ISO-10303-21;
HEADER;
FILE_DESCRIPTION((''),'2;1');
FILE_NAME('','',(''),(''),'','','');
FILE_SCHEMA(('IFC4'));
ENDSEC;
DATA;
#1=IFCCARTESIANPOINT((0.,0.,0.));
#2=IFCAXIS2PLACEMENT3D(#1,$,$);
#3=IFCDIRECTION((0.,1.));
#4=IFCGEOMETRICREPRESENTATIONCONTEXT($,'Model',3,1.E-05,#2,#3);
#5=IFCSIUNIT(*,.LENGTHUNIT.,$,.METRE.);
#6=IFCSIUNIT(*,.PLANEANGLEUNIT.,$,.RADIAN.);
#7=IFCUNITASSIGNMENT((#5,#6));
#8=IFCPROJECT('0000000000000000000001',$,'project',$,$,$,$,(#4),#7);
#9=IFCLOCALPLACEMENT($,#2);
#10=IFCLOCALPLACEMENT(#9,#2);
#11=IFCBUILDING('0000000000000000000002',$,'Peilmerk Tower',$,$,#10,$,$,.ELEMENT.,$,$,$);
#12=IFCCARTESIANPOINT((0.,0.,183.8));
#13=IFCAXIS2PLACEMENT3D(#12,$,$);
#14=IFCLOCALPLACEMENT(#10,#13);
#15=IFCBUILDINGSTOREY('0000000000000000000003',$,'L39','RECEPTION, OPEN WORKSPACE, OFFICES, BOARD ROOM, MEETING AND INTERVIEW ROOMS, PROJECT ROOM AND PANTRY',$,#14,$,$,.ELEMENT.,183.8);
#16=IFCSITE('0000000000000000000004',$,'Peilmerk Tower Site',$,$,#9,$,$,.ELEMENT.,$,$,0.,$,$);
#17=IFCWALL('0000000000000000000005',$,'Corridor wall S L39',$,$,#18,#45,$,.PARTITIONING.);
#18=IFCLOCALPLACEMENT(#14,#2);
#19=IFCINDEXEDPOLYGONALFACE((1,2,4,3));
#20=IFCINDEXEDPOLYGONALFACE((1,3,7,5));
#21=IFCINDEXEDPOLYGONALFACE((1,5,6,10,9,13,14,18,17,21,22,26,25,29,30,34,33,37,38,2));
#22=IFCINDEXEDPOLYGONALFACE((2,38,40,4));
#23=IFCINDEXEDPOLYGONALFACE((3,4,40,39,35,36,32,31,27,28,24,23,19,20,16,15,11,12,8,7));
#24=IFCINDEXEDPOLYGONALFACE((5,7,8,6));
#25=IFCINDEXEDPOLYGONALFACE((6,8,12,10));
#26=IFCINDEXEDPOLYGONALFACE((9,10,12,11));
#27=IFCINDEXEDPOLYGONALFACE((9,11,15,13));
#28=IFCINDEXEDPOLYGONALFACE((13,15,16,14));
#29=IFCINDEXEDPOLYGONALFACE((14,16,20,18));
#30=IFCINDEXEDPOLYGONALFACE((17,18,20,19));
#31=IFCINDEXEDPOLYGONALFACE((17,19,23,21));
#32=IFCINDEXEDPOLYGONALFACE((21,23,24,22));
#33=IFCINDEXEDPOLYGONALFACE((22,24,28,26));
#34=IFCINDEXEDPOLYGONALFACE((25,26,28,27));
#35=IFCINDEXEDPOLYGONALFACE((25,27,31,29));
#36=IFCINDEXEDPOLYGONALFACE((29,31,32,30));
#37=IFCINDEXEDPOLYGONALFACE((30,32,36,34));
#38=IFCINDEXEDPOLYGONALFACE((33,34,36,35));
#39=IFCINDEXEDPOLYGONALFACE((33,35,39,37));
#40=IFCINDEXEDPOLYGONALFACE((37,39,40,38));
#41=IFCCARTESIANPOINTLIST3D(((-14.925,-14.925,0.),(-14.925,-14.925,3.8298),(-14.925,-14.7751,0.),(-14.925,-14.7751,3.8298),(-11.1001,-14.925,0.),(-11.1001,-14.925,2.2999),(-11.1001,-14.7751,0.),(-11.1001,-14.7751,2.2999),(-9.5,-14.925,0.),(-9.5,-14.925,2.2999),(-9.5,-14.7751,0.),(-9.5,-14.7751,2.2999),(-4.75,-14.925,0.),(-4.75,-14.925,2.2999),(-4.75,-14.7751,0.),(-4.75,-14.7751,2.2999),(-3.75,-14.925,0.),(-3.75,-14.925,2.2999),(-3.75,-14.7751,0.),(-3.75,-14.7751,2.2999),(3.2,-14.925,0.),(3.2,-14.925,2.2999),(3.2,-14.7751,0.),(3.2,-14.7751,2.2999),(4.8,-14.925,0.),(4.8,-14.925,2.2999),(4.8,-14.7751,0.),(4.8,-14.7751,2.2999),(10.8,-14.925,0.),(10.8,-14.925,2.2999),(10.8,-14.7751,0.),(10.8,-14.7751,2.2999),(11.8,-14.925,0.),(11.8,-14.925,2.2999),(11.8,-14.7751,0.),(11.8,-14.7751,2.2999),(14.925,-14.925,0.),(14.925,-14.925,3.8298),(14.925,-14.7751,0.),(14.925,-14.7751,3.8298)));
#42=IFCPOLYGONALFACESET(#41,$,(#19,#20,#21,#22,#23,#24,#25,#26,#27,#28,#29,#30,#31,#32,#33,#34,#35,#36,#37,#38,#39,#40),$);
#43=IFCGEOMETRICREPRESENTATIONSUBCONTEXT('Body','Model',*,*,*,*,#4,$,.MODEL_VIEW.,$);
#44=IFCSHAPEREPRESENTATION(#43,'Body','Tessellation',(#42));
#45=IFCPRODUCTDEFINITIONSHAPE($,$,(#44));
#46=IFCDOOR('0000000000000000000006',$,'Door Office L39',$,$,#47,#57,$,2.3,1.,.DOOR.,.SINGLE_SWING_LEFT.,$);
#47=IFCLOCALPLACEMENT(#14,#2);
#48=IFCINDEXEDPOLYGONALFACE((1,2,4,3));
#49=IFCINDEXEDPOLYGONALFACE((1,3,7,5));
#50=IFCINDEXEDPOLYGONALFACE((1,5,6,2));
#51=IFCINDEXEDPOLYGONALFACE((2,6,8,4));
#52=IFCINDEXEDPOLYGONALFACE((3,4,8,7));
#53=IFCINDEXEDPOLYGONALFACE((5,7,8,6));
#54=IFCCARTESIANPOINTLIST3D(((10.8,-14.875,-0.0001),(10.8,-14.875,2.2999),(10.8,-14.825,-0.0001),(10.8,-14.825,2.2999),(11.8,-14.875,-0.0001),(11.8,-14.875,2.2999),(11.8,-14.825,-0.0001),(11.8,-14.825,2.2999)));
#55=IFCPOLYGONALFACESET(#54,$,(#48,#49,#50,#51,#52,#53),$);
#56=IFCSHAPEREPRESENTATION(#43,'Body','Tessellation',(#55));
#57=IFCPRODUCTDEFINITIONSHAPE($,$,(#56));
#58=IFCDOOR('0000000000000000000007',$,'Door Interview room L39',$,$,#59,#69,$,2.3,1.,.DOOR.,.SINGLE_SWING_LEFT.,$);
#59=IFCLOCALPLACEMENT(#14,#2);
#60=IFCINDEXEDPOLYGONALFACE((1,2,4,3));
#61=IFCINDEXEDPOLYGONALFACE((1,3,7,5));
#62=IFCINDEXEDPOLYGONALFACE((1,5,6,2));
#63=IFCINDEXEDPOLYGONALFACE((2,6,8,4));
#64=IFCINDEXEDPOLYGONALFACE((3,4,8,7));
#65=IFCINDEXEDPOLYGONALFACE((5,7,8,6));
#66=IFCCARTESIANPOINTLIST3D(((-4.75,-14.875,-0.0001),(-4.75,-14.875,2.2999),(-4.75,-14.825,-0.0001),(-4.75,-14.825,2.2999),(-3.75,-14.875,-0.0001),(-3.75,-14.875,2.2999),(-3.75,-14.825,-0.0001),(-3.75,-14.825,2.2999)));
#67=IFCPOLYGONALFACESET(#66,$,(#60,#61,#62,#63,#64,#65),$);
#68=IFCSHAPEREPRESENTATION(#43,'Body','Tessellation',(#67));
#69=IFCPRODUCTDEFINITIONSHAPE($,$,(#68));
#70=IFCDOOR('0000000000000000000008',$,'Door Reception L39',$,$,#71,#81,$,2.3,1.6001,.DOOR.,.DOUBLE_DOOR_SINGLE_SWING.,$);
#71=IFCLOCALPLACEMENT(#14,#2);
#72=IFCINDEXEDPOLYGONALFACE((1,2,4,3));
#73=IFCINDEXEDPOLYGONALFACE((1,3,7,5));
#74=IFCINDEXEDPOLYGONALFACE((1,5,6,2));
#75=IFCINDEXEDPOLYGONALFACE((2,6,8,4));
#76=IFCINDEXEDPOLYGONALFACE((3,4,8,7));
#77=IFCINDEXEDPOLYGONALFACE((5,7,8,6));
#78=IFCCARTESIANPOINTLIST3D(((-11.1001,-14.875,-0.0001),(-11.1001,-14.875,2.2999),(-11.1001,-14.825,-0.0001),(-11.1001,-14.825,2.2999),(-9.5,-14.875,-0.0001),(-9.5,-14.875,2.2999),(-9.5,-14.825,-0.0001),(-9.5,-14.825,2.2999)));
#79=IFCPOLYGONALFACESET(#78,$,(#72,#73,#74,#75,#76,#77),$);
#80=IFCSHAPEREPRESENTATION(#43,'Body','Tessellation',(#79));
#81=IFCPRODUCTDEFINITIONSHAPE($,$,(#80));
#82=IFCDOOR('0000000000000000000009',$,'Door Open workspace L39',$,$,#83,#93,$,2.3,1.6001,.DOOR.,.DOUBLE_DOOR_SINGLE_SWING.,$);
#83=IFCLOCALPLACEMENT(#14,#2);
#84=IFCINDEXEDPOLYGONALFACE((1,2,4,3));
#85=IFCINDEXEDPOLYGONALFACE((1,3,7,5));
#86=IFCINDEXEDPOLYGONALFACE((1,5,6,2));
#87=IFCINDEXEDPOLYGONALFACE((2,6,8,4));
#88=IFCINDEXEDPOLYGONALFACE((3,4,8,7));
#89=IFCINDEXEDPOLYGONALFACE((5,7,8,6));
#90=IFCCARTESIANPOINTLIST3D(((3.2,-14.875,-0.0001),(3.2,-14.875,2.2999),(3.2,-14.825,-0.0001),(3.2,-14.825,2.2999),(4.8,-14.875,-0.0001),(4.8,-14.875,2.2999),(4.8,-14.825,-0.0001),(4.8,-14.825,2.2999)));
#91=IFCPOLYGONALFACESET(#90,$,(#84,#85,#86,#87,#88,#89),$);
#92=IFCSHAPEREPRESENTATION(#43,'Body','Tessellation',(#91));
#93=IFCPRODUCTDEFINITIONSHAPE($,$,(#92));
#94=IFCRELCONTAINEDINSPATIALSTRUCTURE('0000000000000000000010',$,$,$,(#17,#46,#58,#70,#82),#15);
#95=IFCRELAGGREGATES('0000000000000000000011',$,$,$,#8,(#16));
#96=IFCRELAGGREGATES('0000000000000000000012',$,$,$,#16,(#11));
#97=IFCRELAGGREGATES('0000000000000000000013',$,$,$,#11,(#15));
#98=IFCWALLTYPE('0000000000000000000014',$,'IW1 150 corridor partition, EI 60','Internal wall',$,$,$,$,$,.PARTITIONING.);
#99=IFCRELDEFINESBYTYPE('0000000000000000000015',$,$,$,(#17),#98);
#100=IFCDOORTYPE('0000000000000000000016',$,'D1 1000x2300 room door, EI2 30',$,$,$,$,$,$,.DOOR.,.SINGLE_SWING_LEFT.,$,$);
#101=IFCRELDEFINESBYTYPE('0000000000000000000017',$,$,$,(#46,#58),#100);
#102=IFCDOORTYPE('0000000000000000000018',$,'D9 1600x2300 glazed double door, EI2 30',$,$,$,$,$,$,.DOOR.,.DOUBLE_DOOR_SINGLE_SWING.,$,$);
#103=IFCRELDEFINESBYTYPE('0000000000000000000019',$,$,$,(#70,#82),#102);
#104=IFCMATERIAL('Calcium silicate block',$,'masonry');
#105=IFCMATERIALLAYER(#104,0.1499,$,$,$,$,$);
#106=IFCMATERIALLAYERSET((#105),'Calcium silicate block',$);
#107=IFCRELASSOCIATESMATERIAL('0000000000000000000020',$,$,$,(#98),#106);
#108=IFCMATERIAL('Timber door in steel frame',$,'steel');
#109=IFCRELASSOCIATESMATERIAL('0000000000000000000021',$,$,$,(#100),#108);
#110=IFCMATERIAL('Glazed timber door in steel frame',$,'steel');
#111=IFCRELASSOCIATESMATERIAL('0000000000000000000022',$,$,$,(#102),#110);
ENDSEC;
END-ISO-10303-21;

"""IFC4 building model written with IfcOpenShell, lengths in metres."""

from ifc_helpers import new_model, si_unit, direction, frame, frame_2d, origin, place, context, subcontext, project, spatial, rectangle, extrude, material, layer, layer_set, type_object, element, fill, save


model = new_model("IFC4")

# Units and contexts
model_context = context("Model", 3, precision=1e-05, world=origin(), true_north=direction((0.0, 1.0)))
body_context = subcontext(model_context, "Body", "Model", "MODEL_VIEW")
ifc_project = project(units=[si_unit("LENGTHUNIT", "METRE"), si_unit("PLANEANGLEUNIT", "RADIAN")], contexts=[model_context])

# Site, building, storey
site_placement = place(None, origin())
site = spatial("IfcSite", under=ifc_project, at=site_placement, Name="Peilmerk Tower Site", CompositionType="ELEMENT", RefElevation=0.0)
building_placement = place(site_placement, origin())
building = spatial("IfcBuilding", under=site, at=building_placement, Name="Peilmerk Tower", CompositionType="ELEMENT")
storey_placement = place(building_placement, frame((0.0, 0.0, 183.8)))
storey = spatial("IfcBuildingStorey", under=building, at=storey_placement, Name="L39", Description="RECEPTION, OPEN WORKSPACE, OFFICES, BOARD ROOM, MEETING AND INTERVIEW ROOMS, PROJECT ROOM AND PANTRY", CompositionType="ELEMENT", Elevation=183.8)

# Wall, openings, doors
ifc_material_1 = material(Name="Calcium silicate block", Category="masonry")
ifc_layer_1 = layer(ifc_material_1, 0.1499)
ifc_layer_set_1 = layer_set([ifc_layer_1], Name="Calcium silicate block")
wall_type_1 = type_object("IfcWallType", Name="IW1 150 corridor partition, EI 60", Description="Internal wall", PredefinedType="PARTITIONING", material=ifc_layer_set_1)
wall_1_placement = place(storey_placement, frame((14.925, -14.8501, 0.0), z_axis=(0.0, 0.0, 1.0), x_axis=(-1.0, 0.0, 0.0)))
wall_1 = element("IfcWall", 1, at=wall_1_placement, inside=storey, type_object=wall_type_1, Name="Corridor wall S L39", PredefinedType="PARTITIONING", context=body_context, shape_type="SweptSolid", body=[
    extrude(rectangle(XDim=29.8501, YDim=0.1499, at=frame_2d((14.925, 0.0))), origin(), (0.0, 0.0, 1.0), 3.8298),
])
opening_1_placement = place(wall_1_placement, frame((24.425, 0.0, 0.0)))
opening_1 = element("IfcOpeningElement", 2, at=opening_1_placement, cuts=wall_1, PredefinedType="OPENING", context=body_context, shape_type="SweptSolid", body=[
    extrude(rectangle(XDim=1.6001, YDim=2.3, at=frame_2d((0.8, 1.1499))), frame((0.0, 0.085, 0.0), z_axis=(0.0, -1.0, 0.0), x_axis=(1.0, 0.0, 0.0)), (0.0, 0.0, 1.0), 0.1699),
])
opening_2_placement = place(wall_1_placement, frame((10.125, 0.0, 0.0)))
opening_2 = element("IfcOpeningElement", 3, at=opening_2_placement, cuts=wall_1, PredefinedType="OPENING", context=body_context, shape_type="SweptSolid", body=[
    extrude(rectangle(XDim=1.6001, YDim=2.3, at=frame_2d((0.8, 1.1499))), frame((0.0, 0.085, 0.0), z_axis=(0.0, -1.0, 0.0), x_axis=(1.0, 0.0, 0.0)), (0.0, 0.0, 1.0), 0.1699),
])
opening_3_placement = place(wall_1_placement, frame((3.125, 0.0, 0.0)))
opening_3 = element("IfcOpeningElement", 4, at=opening_3_placement, cuts=wall_1, PredefinedType="OPENING", context=body_context, shape_type="SweptSolid", body=[
    extrude(rectangle(XDim=1.0, YDim=2.3, at=frame_2d((0.5, 1.1499))), frame((0.0, 0.085, 0.0), z_axis=(0.0, -1.0, 0.0), x_axis=(1.0, 0.0, 0.0)), (0.0, 0.0, 1.0), 0.1699),
])
opening_4_placement = place(wall_1_placement, frame((18.675, 0.0, 0.0)))
opening_4 = element("IfcOpeningElement", 5, at=opening_4_placement, cuts=wall_1, PredefinedType="OPENING", context=body_context, shape_type="SweptSolid", body=[
    extrude(rectangle(XDim=1.0, YDim=2.3, at=frame_2d((0.5, 1.1499))), frame((0.0, 0.085, 0.0), z_axis=(0.0, -1.0, 0.0), x_axis=(1.0, 0.0, 0.0)), (0.0, 0.0, 1.0), 0.1699),
])
ifc_material_2 = material(Name="Timber door in steel frame", Category="steel")
door_type_1 = type_object("IfcDoorType", Name="D1 1000x2300 room door, EI2 30", OperationType="SINGLE_SWING_LEFT", PredefinedType="DOOR", material=ifc_material_2)
door_1_placement = place(opening_3_placement, origin())
door_1 = element("IfcDoor", 6, at=door_1_placement, inside=storey, type_object=door_type_1, Name="Door Office L39", OperationType="SINGLE_SWING_LEFT", OverallHeight=2.3, OverallWidth=1.0, PredefinedType="DOOR", context=body_context, shape_type="SweptSolid", body=[
    extrude(rectangle(XDim=1.0, YDim=2.3, at=frame_2d((0.5, 1.1499))), frame((0.0, 0.0249, 0.0), z_axis=(0.0, -1.0, 0.0), x_axis=(1.0, 0.0, 0.0)), (0.0, 0.0, 1.0), 0.05),
])
fill(opening_3, door_1)
door_2_placement = place(opening_4_placement, origin())
door_2 = element("IfcDoor", 7, at=door_2_placement, inside=storey, type_object=door_type_1, Name="Door Interview room L39", OperationType="SINGLE_SWING_LEFT", OverallHeight=2.3, OverallWidth=1.0, PredefinedType="DOOR", context=body_context, shape_type="SweptSolid", body=[
    extrude(rectangle(XDim=1.0, YDim=2.3, at=frame_2d((0.5, 1.1499))), frame((0.0, 0.0249, 0.0), z_axis=(0.0, -1.0, 0.0), x_axis=(1.0, 0.0, 0.0)), (0.0, 0.0, 1.0), 0.05),
])
fill(opening_4, door_2)
ifc_material_3 = material(Name="Glazed timber door in steel frame", Category="steel")
door_type_2 = type_object("IfcDoorType", Name="D9 1600x2300 glazed double door, EI2 30", OperationType="DOUBLE_DOOR_SINGLE_SWING", PredefinedType="DOOR", material=ifc_material_3)
door_3_placement = place(opening_1_placement, origin())
door_3 = element("IfcDoor", 8, at=door_3_placement, inside=storey, type_object=door_type_2, Name="Door Reception L39", OperationType="DOUBLE_DOOR_SINGLE_SWING", OverallHeight=2.3, OverallWidth=1.6001, PredefinedType="DOOR", context=body_context, shape_type="SweptSolid", body=[
    extrude(rectangle(XDim=1.6001, YDim=2.3, at=frame_2d((0.8, 1.1499))), frame((0.0, 0.0249, 0.0), z_axis=(0.0, -1.0, 0.0), x_axis=(1.0, 0.0, 0.0)), (0.0, 0.0, 1.0), 0.05),
])
fill(opening_1, door_3)
door_4_placement = place(opening_2_placement, origin())
door_4 = element("IfcDoor", 9, at=door_4_placement, inside=storey, type_object=door_type_2, Name="Door Open workspace L39", OperationType="DOUBLE_DOOR_SINGLE_SWING", OverallHeight=2.3, OverallWidth=1.6001, PredefinedType="DOOR", context=body_context, shape_type="SweptSolid", body=[
    extrude(rectangle(XDim=1.6001, YDim=2.3, at=frame_2d((0.8, 1.1499))), frame((0.0, 0.0249, 0.0), z_axis=(0.0, -1.0, 0.0), x_axis=(1.0, 0.0, 0.0)), (0.0, 0.0, 1.0), 0.05),
])
fill(opening_2, door_4)

save(model, "model.ifc")
